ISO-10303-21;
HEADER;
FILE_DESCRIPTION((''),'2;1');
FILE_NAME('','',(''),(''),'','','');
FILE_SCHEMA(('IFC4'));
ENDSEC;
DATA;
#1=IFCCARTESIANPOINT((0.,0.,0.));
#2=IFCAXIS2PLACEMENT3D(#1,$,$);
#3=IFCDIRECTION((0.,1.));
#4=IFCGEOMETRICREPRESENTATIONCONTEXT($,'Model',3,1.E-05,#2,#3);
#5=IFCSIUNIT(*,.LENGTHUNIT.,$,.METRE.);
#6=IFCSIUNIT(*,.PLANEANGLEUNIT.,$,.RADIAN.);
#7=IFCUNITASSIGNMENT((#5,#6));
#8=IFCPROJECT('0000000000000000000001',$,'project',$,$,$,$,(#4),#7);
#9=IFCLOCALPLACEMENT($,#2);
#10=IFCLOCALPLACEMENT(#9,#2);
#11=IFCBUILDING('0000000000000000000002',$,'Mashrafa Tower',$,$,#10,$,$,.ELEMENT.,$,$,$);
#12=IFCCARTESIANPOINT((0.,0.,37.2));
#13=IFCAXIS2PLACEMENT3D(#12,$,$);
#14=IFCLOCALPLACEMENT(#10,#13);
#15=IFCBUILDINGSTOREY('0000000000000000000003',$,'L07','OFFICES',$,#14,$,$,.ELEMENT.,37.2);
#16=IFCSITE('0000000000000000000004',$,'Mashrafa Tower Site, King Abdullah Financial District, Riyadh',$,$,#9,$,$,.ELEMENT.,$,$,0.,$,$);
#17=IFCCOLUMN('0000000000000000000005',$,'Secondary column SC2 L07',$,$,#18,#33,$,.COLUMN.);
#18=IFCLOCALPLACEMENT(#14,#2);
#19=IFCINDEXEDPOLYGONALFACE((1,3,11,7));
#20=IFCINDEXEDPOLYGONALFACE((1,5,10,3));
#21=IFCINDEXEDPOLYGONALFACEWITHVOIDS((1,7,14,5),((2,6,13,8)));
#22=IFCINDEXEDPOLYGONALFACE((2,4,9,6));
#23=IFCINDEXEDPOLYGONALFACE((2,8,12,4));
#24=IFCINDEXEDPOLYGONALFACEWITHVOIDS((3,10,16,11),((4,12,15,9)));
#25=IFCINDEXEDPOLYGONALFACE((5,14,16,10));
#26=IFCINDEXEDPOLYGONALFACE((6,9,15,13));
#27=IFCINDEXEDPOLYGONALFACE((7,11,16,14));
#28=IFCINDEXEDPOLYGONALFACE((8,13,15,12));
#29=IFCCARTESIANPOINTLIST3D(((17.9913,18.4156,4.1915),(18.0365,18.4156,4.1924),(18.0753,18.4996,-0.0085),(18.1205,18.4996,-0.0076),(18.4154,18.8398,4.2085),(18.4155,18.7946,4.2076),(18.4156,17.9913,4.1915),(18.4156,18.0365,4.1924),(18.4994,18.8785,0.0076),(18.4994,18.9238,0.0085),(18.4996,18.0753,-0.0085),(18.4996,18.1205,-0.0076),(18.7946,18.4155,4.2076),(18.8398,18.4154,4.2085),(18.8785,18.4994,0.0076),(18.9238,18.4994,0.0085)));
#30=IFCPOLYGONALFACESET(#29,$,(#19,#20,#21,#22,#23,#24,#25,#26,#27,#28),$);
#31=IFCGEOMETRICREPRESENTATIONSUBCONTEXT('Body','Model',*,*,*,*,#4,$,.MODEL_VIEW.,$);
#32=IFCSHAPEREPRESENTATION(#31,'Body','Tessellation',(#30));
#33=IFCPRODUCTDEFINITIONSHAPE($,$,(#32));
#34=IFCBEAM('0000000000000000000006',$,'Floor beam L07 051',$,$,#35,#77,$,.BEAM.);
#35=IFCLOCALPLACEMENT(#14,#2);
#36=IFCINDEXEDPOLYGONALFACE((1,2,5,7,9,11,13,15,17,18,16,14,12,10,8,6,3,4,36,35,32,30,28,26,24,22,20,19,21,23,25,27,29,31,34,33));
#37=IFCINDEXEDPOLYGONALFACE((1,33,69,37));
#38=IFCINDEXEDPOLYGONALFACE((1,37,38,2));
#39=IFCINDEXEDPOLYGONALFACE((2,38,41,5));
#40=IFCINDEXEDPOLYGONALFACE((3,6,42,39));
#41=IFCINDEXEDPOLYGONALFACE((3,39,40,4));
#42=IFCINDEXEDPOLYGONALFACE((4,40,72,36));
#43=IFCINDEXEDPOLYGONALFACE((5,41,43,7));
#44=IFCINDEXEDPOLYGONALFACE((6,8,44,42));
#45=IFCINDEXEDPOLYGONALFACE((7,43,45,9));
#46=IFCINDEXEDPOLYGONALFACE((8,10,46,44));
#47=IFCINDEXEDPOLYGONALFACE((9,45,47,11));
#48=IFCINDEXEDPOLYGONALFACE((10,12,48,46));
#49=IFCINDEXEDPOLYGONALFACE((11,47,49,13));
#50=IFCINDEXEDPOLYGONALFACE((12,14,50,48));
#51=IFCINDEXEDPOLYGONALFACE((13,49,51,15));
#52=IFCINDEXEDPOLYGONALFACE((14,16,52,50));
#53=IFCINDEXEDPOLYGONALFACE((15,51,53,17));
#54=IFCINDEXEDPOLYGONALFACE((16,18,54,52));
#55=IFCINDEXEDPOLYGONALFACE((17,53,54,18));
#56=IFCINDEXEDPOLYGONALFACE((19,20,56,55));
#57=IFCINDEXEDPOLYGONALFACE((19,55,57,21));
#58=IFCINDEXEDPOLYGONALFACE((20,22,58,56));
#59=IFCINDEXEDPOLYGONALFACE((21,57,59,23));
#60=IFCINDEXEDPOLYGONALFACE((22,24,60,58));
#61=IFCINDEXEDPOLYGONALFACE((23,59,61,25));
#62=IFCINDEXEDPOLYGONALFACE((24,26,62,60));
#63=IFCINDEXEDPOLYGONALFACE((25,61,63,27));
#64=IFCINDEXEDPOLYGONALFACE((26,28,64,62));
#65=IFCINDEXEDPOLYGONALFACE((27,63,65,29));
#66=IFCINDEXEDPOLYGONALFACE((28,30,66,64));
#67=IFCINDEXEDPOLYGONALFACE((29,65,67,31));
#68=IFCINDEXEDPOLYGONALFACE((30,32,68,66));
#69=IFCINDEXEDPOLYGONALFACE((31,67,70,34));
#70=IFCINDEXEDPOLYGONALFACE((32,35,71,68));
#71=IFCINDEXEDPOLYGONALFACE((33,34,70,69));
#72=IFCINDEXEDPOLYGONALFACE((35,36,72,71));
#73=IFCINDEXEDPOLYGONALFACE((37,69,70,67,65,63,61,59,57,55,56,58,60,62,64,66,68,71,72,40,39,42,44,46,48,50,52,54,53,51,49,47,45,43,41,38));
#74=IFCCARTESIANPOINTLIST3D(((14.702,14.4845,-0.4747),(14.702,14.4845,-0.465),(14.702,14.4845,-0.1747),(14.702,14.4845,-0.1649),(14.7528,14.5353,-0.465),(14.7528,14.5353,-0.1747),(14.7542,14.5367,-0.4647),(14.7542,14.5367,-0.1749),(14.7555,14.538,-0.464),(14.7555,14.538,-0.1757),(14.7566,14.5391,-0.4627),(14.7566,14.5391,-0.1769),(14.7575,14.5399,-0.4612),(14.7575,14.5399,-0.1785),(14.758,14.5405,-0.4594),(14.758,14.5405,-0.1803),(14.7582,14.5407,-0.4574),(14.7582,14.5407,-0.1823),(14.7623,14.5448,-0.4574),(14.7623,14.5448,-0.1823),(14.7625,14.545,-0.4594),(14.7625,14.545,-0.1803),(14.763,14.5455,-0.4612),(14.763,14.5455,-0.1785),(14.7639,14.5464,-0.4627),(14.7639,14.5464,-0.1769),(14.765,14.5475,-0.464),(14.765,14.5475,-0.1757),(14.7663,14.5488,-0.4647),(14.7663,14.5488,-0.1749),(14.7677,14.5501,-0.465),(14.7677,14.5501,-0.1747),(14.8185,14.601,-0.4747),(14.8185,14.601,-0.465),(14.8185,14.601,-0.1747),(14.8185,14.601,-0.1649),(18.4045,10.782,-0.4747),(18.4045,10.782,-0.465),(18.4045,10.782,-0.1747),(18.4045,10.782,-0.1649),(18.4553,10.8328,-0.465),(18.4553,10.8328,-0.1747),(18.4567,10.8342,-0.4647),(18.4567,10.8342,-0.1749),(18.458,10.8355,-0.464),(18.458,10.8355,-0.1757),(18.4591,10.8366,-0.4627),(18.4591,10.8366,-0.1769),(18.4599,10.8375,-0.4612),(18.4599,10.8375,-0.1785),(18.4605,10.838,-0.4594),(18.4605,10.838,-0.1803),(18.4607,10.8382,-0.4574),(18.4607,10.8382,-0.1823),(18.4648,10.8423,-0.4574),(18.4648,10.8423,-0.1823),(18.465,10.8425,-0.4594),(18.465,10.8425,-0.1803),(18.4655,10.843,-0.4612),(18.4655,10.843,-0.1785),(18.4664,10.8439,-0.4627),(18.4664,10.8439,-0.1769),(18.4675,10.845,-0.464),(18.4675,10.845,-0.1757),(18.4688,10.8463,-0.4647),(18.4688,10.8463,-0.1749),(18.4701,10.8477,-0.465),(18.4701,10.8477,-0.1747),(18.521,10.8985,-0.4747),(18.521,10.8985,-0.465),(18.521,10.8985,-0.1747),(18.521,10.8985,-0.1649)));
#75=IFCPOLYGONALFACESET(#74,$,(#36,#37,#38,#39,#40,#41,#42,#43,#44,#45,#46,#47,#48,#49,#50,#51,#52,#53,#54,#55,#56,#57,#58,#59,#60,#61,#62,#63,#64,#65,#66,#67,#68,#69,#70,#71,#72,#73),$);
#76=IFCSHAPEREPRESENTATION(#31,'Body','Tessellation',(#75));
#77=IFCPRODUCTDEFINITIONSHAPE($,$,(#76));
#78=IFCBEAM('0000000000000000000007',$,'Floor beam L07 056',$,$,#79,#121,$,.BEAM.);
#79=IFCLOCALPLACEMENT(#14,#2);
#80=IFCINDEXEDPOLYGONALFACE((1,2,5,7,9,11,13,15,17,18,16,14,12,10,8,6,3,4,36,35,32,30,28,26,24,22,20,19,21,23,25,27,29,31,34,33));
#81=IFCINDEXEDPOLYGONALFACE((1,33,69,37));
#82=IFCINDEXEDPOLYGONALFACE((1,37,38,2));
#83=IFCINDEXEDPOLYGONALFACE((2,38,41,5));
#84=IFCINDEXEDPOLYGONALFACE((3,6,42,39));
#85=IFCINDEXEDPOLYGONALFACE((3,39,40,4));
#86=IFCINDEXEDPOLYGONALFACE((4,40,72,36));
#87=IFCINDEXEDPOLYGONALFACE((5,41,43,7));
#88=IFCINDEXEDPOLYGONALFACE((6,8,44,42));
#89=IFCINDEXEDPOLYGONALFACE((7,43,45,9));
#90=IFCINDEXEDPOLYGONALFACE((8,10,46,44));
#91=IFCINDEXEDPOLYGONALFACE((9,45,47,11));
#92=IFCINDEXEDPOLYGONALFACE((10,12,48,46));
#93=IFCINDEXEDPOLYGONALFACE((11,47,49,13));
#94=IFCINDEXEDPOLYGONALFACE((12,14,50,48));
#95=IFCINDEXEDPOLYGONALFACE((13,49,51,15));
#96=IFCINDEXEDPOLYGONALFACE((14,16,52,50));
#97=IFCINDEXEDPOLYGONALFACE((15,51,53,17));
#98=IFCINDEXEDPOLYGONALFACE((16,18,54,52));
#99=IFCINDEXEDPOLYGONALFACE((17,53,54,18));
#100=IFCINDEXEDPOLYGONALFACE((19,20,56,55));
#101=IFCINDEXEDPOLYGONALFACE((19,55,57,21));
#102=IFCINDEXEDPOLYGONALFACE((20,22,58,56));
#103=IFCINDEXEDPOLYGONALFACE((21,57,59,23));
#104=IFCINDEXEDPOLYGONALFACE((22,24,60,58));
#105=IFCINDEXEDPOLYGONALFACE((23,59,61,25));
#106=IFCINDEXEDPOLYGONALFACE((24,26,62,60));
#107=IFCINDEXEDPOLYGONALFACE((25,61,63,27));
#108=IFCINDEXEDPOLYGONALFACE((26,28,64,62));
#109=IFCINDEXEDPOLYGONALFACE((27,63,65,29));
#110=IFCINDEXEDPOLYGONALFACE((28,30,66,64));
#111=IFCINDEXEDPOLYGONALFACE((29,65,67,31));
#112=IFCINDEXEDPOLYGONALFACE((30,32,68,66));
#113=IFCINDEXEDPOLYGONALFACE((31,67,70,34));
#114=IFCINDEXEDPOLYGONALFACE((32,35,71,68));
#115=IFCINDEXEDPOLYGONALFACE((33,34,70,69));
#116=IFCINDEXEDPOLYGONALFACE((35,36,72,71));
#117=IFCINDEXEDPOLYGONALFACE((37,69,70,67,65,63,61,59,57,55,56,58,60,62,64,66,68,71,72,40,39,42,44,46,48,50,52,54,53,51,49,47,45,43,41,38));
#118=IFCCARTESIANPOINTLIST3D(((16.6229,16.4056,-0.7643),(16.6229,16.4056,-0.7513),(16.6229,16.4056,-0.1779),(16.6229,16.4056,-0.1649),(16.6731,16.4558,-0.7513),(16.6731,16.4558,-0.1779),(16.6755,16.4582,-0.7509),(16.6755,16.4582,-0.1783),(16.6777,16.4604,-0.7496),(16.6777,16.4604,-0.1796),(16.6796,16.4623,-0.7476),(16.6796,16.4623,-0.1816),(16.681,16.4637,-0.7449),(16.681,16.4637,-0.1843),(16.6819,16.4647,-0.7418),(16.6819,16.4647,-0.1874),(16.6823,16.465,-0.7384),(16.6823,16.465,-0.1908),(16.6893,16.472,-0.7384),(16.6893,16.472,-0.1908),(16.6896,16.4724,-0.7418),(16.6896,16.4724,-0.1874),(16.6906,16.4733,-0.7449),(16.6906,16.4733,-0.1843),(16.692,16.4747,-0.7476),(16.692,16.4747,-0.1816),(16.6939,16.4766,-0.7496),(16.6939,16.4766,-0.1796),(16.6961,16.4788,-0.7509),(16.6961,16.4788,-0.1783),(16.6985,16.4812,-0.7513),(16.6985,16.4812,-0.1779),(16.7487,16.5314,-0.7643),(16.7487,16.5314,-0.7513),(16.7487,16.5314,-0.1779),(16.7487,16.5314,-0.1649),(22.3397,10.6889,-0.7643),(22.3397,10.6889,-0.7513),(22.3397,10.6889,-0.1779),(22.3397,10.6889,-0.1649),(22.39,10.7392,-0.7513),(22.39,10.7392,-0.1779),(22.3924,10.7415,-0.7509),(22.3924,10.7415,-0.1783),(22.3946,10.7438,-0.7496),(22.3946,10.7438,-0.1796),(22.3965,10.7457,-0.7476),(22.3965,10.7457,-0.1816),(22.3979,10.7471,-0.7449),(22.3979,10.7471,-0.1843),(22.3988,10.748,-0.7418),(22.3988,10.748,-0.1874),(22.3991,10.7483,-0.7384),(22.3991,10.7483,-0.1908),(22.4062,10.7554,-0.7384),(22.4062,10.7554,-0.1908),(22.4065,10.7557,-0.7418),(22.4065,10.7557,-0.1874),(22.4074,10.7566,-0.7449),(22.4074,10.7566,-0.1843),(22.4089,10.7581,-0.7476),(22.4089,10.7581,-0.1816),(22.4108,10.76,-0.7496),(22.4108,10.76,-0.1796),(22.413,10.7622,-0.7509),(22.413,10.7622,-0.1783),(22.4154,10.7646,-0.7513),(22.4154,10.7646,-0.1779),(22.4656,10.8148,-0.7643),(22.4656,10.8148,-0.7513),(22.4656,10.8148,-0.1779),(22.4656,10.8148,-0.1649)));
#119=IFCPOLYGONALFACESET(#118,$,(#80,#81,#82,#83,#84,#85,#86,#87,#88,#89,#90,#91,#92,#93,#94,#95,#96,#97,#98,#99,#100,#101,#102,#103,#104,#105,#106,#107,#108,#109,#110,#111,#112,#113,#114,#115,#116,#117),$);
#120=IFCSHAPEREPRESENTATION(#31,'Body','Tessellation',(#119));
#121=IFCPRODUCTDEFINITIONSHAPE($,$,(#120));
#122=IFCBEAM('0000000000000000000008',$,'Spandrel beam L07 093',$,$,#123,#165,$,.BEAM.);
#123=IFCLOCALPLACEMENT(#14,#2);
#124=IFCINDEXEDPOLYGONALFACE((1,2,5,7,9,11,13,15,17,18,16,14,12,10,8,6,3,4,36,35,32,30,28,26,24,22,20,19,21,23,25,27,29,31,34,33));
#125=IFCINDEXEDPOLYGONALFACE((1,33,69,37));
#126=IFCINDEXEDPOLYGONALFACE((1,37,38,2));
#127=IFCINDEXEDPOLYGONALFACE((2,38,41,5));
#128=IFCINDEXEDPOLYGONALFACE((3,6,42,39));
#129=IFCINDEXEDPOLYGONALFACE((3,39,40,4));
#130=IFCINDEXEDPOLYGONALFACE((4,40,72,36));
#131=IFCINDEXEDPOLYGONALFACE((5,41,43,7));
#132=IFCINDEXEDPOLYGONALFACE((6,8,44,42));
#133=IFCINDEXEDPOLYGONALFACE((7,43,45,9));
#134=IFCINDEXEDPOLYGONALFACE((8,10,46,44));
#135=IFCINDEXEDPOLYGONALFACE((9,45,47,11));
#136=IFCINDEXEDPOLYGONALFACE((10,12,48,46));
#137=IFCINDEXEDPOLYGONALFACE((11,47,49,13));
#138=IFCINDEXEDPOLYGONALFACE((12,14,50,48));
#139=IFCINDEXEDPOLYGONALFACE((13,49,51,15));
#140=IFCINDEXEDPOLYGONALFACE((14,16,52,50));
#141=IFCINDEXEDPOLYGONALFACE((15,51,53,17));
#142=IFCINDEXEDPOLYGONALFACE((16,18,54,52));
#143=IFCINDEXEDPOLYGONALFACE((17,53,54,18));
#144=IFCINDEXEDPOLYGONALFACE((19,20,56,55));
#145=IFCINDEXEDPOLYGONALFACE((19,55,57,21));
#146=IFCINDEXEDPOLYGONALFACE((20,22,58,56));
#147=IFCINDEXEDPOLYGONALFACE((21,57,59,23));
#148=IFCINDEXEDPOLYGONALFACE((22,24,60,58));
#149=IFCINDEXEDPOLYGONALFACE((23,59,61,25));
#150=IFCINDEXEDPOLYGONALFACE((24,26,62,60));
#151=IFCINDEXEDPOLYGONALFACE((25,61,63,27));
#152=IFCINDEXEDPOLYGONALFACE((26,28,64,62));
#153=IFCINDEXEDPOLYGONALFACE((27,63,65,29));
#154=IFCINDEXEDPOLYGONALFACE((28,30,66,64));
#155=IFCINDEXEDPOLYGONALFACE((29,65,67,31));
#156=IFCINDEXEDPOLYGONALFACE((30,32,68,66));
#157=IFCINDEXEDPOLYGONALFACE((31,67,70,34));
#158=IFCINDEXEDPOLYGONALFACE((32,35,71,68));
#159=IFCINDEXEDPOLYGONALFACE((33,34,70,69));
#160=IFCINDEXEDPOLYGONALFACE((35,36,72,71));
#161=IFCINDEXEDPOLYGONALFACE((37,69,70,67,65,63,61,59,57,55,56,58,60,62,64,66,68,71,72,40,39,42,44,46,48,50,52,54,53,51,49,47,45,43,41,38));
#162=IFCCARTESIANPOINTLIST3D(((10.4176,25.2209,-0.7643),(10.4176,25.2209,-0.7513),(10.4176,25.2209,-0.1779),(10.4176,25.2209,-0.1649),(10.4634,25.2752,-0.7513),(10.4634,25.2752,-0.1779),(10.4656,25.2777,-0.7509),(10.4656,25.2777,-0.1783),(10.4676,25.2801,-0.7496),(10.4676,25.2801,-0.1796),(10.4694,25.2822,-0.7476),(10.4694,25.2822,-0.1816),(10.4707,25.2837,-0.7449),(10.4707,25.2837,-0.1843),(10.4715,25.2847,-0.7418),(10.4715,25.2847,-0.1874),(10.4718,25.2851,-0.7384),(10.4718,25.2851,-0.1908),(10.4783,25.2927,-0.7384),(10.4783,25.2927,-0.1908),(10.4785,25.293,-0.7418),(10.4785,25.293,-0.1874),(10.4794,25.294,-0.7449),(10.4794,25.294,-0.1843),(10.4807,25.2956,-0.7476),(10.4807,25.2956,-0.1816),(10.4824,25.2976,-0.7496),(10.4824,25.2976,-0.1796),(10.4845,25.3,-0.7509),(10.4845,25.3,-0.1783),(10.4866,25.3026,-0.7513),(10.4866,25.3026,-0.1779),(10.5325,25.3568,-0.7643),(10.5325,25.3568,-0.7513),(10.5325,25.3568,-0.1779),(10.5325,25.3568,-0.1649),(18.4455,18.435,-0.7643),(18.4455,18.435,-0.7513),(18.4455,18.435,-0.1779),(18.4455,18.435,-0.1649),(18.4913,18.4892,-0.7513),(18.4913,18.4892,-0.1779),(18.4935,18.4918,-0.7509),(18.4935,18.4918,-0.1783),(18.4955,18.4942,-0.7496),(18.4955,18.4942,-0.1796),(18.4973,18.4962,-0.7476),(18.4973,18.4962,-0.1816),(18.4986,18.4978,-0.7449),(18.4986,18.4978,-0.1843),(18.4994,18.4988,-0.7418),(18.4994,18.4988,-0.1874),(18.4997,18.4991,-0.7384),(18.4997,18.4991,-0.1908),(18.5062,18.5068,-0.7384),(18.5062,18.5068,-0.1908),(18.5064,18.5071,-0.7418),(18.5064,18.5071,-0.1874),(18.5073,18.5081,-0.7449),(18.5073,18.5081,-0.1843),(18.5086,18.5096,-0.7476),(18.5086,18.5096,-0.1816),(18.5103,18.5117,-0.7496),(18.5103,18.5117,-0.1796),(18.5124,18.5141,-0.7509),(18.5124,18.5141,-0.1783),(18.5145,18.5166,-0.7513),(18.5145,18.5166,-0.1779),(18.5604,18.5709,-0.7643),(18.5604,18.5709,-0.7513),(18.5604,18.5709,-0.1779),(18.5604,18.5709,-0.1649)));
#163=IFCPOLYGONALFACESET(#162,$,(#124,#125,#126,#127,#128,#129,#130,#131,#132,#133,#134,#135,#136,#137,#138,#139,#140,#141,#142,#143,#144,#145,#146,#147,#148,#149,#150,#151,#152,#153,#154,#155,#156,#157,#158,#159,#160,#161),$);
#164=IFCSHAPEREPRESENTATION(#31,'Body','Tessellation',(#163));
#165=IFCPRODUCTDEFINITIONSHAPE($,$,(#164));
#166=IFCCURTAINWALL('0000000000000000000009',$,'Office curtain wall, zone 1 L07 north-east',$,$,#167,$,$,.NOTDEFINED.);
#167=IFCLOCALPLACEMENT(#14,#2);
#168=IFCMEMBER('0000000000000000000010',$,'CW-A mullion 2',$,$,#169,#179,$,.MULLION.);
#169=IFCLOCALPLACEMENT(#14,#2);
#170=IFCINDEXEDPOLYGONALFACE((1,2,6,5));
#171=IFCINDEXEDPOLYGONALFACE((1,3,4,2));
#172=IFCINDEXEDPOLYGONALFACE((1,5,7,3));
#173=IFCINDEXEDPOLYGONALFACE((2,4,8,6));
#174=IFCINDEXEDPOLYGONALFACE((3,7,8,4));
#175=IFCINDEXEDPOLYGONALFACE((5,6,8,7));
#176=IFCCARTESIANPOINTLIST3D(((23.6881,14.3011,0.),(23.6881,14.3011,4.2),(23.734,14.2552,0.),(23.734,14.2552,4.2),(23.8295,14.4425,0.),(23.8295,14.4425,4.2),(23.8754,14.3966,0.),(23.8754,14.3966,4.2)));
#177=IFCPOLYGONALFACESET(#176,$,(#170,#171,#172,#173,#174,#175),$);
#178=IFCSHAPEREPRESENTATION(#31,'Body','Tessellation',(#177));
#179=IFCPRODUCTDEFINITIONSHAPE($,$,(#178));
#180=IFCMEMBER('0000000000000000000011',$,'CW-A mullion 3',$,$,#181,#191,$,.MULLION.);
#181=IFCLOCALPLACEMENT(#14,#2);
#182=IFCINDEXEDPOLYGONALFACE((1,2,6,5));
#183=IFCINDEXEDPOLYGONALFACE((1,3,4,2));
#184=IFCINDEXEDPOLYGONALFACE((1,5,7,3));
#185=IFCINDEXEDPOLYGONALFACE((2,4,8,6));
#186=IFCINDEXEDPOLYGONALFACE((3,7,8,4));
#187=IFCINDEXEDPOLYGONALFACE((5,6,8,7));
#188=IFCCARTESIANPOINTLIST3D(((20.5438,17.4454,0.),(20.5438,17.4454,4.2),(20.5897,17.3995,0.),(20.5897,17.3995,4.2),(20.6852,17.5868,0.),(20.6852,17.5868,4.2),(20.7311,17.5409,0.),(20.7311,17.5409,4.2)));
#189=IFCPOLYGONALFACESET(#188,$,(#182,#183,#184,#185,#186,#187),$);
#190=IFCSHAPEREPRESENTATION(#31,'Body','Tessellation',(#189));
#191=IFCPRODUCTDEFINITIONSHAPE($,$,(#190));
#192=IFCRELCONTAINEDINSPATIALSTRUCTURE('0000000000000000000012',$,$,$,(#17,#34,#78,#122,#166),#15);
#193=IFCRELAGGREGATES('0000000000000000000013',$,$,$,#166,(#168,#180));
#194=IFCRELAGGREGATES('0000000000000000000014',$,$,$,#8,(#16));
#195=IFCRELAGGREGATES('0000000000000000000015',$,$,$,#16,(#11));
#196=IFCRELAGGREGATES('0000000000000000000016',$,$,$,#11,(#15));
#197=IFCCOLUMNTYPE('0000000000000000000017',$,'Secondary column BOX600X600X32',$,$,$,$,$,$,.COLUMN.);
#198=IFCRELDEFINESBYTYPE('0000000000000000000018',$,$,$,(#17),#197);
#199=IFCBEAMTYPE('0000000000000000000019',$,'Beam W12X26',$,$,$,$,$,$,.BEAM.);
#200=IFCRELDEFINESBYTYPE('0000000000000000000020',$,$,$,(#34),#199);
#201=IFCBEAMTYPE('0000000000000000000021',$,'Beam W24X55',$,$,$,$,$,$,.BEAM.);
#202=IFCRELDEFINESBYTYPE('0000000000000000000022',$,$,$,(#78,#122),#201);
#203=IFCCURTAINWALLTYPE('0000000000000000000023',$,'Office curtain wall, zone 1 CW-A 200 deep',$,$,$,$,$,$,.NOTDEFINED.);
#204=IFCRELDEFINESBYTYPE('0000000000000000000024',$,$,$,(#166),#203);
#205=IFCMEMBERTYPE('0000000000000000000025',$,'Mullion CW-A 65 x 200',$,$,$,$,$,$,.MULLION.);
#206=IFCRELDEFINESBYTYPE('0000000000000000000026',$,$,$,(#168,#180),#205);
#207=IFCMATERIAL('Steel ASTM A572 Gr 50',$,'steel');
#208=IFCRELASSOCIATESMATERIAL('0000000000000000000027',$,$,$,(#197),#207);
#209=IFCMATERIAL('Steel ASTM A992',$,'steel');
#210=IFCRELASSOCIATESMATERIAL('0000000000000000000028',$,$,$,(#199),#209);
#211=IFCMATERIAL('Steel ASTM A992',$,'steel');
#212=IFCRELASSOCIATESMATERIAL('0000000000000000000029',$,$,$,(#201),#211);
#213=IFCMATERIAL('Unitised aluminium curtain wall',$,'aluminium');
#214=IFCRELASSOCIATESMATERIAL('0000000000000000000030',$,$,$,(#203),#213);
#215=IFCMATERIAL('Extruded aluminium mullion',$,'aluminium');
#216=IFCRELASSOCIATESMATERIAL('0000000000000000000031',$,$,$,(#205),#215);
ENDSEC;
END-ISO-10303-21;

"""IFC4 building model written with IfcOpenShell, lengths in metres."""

from ifc_helpers import new_model, si_unit, direction, frame, origin, origin_2d, place, context, subcontext, project, spatial, rectangle, hollow_rectangle, i_section, extrude, source, transform, mapped, material, material_profile, profile_set, type_object, type_shapes, element, aggregate, save


model = new_model("IFC4")

# Units and contexts
model_context = context("Model", 3, precision=1e-05, world=origin(), true_north=direction((0.0, 1.0)))
body_context = subcontext(model_context, "Body", "Model", "MODEL_VIEW")
ifc_project = project(units=[si_unit("LENGTHUNIT", "METRE"), si_unit("PLANEANGLEUNIT", "RADIAN")], contexts=[model_context])

# Site, building, storey
site_placement = place(None, origin())
site = spatial("IfcSite", under=ifc_project, at=site_placement, Name="Mashrafa Tower Site, King Abdullah Financial District, Riyadh", CompositionType="ELEMENT", RefElevation=0.0)
building_placement = place(site_placement, origin())
building = spatial("IfcBuilding", under=site, at=building_placement, Name="Mashrafa Tower", CompositionType="ELEMENT")
storey_placement = place(building_placement, frame((0.0, 0.0, 37.2)))
storey = spatial("IfcBuildingStorey", under=building, at=storey_placement, Name="L07", Description="OFFICES", CompositionType="ELEMENT", Elevation=37.2)

# Column
ifc_material_1 = material(Name="Steel ASTM A572 Gr 50", Category="steel")
ifc_material_profile_1 = material_profile(ifc_material_1, hollow_rectangle(XDim=0.6001, YDim=0.6001, WallThickness=0.032, at=origin_2d()), Name="BOX600X600X32")
ifc_profile_set_1 = profile_set([ifc_material_profile_1], Name="Steel ASTM A572 Gr 50")
column_type = type_object("IfcColumnType", Name="Secondary column BOX600X600X32", PredefinedType="COLUMN", material=ifc_profile_set_1)
column_placement = place(storey_placement, frame((18.4995, 18.4995, 0.0), z_axis=(-0.019989, -0.019989, 0.9996), x_axis=(0.707107, -0.707107, 0.0)))
element("IfcColumn", 1, at=column_placement, inside=storey, type_object=column_type, Name="Secondary column SC2 L07", PredefinedType="COLUMN", context=body_context, shape_type="SweptSolid", body=[
    extrude(hollow_rectangle(XDim=0.6001, YDim=0.6001, WallThickness=0.032, at=origin_2d()), origin(), (0.0, 0.0, 1.0), 4.2017),
])

# Beams
ifc_material_2 = material(Name="Steel ASTM A992", Category="steel")
ifc_material_profile_2 = material_profile(ifc_material_2, i_section(OverallWidth=0.1648, OverallDepth=0.3098, WebThickness=0.0059, FlangeThickness=0.0098, FilletRadius=0.0076, at=origin_2d()), Name="W12X26")
ifc_profile_set_2 = profile_set([ifc_material_profile_2], Name="Steel ASTM A992")
beam_type_1 = type_object("IfcBeamType", Name="Beam W12X26", PredefinedType="BEAM", material=ifc_profile_set_2)
beam_1_placement = place(storey_placement, frame((14.7603, 14.5427, -0.3198), z_axis=(0.707107, -0.707107, 0.0), x_axis=(0.707107, 0.707107, 0.0)))
element("IfcBeam", 2, at=beam_1_placement, inside=storey, type_object=beam_type_1, Name="Floor beam L07 051", PredefinedType="BEAM", context=body_context, shape_type="SweptSolid", body=[
    extrude(i_section(OverallWidth=0.1648, OverallDepth=0.3098, WebThickness=0.0059, FlangeThickness=0.0098, FilletRadius=0.0076, at=origin_2d()), origin(), (0.0, 0.0, 1.0), 5.2361),
])
ifc_material_3 = material(Name="Steel ASTM A992", Category="steel")
ifc_material_profile_3 = material_profile(ifc_material_3, i_section(OverallWidth=0.178, OverallDepth=0.5994, WebThickness=0.01, FlangeThickness=0.0129, FilletRadius=0.0129, at=origin_2d()), Name="W24X55")
ifc_profile_set_3 = profile_set([ifc_material_profile_3], Name="Steel ASTM A992")
beam_type_2 = type_object("IfcBeamType", Name="Beam W24X55", PredefinedType="BEAM", material=ifc_profile_set_3)
beam_2_placement = place(storey_placement, frame((16.6858, 16.4685, -0.4646), z_axis=(0.707122, -0.707092, 0.0), x_axis=(0.707092, 0.707122, 0.0)))
element("IfcBeam", 3, at=beam_2_placement, inside=storey, type_object=beam_type_2, Name="Floor beam L07 056", PredefinedType="BEAM", context=body_context, shape_type="SweptSolid", body=[
    extrude(i_section(OverallWidth=0.178, OverallDepth=0.5994, WebThickness=0.01, FlangeThickness=0.0129, FilletRadius=0.0129, at=origin_2d()), origin(), (0.0, 0.0, 1.0), 8.0847),
])
beam_3_placement = place(storey_placement, frame((18.5029, 18.5029, -0.4646), z_axis=(-0.76371, 0.64556, 0.0), x_axis=(-0.64556, -0.76371, 0.0)))
element("IfcBeam", 4, at=beam_3_placement, inside=storey, type_object=beam_type_2, Name="Spandrel beam L07 093", PredefinedType="BEAM", context=body_context, shape_type="SweptSolid", body=[
    extrude(i_section(OverallWidth=0.178, OverallDepth=0.5994, WebThickness=0.01, FlangeThickness=0.0129, FilletRadius=0.0129, at=origin_2d()), origin(), (0.0, 0.0, 1.0), 10.5117),
])

# Curtain wall, members
ifc_material_4 = material(Name="Unitised aluminium curtain wall", Category="aluminium")
curtain_wall_type = type_object("IfcCurtainWallType", Name="Office curtain wall, zone 1 CW-A 200 deep", PredefinedType="NOTDEFINED", material=ifc_material_4)
curtain_wall_placement = place(storey_placement, origin())
curtain_wall = element("IfcCurtainWall", 5, at=curtain_wall_placement, inside=storey, type_object=curtain_wall_type, Name="Office curtain wall, zone 1 L07 north-east", PredefinedType="NOTDEFINED")
ifc_material_5 = material(Name="Extruded aluminium mullion", Category="aluminium")
ifc_material_profile_4 = material_profile(ifc_material_5, rectangle(XDim=0.2, YDim=0.0649, at=origin_2d()), Name="Mullion 65x200")
ifc_profile_set_4 = profile_set([ifc_material_profile_4], Name="Extruded aluminium mullion")
member_type_1 = type_object("IfcMemberType", Name="Mullion CW-A 65 x 200", PredefinedType="MULLION", material=ifc_profile_set_4)
shared_shape_1 = source(origin(), body_context, "Body", "SweptSolid", [
    extrude(rectangle(XDim=0.2, YDim=0.0649, at=origin_2d()), origin(), (0.0, 0.0, 1.0), 4.2),
])
type_shapes(member_type_1, [shared_shape_1])
member_1_placement = place(storey_placement, frame((23.7817, 14.3489, 0.0), z_axis=(0.0, 0.0, 1.0), x_axis=(-0.707107, -0.707107, 0.0)))
member_1 = element("IfcMember", 6, at=member_1_placement, type_object=member_type_1, Name="CW-A mullion 2", PredefinedType="MULLION", context=body_context, shape_type="MappedRepresentation", body=[
    mapped(shared_shape_1, transform((0.0, 0.0, 0.0))),
])
member_2_placement = place(storey_placement, frame((20.6375, 17.4932, 0.0), z_axis=(0.0, 0.0, 1.0), x_axis=(-0.707107, -0.707107, 0.0)))
member_2 = element("IfcMember", 7, at=member_2_placement, type_object=member_type_1, Name="CW-A mullion 3", PredefinedType="MULLION", context=body_context, shape_type="MappedRepresentation", body=[
    mapped(shared_shape_1, transform((0.0, 0.0, 0.0))),
])
aggregate(curtain_wall, [member_1, member_2])

save(model, "model.ifc")
